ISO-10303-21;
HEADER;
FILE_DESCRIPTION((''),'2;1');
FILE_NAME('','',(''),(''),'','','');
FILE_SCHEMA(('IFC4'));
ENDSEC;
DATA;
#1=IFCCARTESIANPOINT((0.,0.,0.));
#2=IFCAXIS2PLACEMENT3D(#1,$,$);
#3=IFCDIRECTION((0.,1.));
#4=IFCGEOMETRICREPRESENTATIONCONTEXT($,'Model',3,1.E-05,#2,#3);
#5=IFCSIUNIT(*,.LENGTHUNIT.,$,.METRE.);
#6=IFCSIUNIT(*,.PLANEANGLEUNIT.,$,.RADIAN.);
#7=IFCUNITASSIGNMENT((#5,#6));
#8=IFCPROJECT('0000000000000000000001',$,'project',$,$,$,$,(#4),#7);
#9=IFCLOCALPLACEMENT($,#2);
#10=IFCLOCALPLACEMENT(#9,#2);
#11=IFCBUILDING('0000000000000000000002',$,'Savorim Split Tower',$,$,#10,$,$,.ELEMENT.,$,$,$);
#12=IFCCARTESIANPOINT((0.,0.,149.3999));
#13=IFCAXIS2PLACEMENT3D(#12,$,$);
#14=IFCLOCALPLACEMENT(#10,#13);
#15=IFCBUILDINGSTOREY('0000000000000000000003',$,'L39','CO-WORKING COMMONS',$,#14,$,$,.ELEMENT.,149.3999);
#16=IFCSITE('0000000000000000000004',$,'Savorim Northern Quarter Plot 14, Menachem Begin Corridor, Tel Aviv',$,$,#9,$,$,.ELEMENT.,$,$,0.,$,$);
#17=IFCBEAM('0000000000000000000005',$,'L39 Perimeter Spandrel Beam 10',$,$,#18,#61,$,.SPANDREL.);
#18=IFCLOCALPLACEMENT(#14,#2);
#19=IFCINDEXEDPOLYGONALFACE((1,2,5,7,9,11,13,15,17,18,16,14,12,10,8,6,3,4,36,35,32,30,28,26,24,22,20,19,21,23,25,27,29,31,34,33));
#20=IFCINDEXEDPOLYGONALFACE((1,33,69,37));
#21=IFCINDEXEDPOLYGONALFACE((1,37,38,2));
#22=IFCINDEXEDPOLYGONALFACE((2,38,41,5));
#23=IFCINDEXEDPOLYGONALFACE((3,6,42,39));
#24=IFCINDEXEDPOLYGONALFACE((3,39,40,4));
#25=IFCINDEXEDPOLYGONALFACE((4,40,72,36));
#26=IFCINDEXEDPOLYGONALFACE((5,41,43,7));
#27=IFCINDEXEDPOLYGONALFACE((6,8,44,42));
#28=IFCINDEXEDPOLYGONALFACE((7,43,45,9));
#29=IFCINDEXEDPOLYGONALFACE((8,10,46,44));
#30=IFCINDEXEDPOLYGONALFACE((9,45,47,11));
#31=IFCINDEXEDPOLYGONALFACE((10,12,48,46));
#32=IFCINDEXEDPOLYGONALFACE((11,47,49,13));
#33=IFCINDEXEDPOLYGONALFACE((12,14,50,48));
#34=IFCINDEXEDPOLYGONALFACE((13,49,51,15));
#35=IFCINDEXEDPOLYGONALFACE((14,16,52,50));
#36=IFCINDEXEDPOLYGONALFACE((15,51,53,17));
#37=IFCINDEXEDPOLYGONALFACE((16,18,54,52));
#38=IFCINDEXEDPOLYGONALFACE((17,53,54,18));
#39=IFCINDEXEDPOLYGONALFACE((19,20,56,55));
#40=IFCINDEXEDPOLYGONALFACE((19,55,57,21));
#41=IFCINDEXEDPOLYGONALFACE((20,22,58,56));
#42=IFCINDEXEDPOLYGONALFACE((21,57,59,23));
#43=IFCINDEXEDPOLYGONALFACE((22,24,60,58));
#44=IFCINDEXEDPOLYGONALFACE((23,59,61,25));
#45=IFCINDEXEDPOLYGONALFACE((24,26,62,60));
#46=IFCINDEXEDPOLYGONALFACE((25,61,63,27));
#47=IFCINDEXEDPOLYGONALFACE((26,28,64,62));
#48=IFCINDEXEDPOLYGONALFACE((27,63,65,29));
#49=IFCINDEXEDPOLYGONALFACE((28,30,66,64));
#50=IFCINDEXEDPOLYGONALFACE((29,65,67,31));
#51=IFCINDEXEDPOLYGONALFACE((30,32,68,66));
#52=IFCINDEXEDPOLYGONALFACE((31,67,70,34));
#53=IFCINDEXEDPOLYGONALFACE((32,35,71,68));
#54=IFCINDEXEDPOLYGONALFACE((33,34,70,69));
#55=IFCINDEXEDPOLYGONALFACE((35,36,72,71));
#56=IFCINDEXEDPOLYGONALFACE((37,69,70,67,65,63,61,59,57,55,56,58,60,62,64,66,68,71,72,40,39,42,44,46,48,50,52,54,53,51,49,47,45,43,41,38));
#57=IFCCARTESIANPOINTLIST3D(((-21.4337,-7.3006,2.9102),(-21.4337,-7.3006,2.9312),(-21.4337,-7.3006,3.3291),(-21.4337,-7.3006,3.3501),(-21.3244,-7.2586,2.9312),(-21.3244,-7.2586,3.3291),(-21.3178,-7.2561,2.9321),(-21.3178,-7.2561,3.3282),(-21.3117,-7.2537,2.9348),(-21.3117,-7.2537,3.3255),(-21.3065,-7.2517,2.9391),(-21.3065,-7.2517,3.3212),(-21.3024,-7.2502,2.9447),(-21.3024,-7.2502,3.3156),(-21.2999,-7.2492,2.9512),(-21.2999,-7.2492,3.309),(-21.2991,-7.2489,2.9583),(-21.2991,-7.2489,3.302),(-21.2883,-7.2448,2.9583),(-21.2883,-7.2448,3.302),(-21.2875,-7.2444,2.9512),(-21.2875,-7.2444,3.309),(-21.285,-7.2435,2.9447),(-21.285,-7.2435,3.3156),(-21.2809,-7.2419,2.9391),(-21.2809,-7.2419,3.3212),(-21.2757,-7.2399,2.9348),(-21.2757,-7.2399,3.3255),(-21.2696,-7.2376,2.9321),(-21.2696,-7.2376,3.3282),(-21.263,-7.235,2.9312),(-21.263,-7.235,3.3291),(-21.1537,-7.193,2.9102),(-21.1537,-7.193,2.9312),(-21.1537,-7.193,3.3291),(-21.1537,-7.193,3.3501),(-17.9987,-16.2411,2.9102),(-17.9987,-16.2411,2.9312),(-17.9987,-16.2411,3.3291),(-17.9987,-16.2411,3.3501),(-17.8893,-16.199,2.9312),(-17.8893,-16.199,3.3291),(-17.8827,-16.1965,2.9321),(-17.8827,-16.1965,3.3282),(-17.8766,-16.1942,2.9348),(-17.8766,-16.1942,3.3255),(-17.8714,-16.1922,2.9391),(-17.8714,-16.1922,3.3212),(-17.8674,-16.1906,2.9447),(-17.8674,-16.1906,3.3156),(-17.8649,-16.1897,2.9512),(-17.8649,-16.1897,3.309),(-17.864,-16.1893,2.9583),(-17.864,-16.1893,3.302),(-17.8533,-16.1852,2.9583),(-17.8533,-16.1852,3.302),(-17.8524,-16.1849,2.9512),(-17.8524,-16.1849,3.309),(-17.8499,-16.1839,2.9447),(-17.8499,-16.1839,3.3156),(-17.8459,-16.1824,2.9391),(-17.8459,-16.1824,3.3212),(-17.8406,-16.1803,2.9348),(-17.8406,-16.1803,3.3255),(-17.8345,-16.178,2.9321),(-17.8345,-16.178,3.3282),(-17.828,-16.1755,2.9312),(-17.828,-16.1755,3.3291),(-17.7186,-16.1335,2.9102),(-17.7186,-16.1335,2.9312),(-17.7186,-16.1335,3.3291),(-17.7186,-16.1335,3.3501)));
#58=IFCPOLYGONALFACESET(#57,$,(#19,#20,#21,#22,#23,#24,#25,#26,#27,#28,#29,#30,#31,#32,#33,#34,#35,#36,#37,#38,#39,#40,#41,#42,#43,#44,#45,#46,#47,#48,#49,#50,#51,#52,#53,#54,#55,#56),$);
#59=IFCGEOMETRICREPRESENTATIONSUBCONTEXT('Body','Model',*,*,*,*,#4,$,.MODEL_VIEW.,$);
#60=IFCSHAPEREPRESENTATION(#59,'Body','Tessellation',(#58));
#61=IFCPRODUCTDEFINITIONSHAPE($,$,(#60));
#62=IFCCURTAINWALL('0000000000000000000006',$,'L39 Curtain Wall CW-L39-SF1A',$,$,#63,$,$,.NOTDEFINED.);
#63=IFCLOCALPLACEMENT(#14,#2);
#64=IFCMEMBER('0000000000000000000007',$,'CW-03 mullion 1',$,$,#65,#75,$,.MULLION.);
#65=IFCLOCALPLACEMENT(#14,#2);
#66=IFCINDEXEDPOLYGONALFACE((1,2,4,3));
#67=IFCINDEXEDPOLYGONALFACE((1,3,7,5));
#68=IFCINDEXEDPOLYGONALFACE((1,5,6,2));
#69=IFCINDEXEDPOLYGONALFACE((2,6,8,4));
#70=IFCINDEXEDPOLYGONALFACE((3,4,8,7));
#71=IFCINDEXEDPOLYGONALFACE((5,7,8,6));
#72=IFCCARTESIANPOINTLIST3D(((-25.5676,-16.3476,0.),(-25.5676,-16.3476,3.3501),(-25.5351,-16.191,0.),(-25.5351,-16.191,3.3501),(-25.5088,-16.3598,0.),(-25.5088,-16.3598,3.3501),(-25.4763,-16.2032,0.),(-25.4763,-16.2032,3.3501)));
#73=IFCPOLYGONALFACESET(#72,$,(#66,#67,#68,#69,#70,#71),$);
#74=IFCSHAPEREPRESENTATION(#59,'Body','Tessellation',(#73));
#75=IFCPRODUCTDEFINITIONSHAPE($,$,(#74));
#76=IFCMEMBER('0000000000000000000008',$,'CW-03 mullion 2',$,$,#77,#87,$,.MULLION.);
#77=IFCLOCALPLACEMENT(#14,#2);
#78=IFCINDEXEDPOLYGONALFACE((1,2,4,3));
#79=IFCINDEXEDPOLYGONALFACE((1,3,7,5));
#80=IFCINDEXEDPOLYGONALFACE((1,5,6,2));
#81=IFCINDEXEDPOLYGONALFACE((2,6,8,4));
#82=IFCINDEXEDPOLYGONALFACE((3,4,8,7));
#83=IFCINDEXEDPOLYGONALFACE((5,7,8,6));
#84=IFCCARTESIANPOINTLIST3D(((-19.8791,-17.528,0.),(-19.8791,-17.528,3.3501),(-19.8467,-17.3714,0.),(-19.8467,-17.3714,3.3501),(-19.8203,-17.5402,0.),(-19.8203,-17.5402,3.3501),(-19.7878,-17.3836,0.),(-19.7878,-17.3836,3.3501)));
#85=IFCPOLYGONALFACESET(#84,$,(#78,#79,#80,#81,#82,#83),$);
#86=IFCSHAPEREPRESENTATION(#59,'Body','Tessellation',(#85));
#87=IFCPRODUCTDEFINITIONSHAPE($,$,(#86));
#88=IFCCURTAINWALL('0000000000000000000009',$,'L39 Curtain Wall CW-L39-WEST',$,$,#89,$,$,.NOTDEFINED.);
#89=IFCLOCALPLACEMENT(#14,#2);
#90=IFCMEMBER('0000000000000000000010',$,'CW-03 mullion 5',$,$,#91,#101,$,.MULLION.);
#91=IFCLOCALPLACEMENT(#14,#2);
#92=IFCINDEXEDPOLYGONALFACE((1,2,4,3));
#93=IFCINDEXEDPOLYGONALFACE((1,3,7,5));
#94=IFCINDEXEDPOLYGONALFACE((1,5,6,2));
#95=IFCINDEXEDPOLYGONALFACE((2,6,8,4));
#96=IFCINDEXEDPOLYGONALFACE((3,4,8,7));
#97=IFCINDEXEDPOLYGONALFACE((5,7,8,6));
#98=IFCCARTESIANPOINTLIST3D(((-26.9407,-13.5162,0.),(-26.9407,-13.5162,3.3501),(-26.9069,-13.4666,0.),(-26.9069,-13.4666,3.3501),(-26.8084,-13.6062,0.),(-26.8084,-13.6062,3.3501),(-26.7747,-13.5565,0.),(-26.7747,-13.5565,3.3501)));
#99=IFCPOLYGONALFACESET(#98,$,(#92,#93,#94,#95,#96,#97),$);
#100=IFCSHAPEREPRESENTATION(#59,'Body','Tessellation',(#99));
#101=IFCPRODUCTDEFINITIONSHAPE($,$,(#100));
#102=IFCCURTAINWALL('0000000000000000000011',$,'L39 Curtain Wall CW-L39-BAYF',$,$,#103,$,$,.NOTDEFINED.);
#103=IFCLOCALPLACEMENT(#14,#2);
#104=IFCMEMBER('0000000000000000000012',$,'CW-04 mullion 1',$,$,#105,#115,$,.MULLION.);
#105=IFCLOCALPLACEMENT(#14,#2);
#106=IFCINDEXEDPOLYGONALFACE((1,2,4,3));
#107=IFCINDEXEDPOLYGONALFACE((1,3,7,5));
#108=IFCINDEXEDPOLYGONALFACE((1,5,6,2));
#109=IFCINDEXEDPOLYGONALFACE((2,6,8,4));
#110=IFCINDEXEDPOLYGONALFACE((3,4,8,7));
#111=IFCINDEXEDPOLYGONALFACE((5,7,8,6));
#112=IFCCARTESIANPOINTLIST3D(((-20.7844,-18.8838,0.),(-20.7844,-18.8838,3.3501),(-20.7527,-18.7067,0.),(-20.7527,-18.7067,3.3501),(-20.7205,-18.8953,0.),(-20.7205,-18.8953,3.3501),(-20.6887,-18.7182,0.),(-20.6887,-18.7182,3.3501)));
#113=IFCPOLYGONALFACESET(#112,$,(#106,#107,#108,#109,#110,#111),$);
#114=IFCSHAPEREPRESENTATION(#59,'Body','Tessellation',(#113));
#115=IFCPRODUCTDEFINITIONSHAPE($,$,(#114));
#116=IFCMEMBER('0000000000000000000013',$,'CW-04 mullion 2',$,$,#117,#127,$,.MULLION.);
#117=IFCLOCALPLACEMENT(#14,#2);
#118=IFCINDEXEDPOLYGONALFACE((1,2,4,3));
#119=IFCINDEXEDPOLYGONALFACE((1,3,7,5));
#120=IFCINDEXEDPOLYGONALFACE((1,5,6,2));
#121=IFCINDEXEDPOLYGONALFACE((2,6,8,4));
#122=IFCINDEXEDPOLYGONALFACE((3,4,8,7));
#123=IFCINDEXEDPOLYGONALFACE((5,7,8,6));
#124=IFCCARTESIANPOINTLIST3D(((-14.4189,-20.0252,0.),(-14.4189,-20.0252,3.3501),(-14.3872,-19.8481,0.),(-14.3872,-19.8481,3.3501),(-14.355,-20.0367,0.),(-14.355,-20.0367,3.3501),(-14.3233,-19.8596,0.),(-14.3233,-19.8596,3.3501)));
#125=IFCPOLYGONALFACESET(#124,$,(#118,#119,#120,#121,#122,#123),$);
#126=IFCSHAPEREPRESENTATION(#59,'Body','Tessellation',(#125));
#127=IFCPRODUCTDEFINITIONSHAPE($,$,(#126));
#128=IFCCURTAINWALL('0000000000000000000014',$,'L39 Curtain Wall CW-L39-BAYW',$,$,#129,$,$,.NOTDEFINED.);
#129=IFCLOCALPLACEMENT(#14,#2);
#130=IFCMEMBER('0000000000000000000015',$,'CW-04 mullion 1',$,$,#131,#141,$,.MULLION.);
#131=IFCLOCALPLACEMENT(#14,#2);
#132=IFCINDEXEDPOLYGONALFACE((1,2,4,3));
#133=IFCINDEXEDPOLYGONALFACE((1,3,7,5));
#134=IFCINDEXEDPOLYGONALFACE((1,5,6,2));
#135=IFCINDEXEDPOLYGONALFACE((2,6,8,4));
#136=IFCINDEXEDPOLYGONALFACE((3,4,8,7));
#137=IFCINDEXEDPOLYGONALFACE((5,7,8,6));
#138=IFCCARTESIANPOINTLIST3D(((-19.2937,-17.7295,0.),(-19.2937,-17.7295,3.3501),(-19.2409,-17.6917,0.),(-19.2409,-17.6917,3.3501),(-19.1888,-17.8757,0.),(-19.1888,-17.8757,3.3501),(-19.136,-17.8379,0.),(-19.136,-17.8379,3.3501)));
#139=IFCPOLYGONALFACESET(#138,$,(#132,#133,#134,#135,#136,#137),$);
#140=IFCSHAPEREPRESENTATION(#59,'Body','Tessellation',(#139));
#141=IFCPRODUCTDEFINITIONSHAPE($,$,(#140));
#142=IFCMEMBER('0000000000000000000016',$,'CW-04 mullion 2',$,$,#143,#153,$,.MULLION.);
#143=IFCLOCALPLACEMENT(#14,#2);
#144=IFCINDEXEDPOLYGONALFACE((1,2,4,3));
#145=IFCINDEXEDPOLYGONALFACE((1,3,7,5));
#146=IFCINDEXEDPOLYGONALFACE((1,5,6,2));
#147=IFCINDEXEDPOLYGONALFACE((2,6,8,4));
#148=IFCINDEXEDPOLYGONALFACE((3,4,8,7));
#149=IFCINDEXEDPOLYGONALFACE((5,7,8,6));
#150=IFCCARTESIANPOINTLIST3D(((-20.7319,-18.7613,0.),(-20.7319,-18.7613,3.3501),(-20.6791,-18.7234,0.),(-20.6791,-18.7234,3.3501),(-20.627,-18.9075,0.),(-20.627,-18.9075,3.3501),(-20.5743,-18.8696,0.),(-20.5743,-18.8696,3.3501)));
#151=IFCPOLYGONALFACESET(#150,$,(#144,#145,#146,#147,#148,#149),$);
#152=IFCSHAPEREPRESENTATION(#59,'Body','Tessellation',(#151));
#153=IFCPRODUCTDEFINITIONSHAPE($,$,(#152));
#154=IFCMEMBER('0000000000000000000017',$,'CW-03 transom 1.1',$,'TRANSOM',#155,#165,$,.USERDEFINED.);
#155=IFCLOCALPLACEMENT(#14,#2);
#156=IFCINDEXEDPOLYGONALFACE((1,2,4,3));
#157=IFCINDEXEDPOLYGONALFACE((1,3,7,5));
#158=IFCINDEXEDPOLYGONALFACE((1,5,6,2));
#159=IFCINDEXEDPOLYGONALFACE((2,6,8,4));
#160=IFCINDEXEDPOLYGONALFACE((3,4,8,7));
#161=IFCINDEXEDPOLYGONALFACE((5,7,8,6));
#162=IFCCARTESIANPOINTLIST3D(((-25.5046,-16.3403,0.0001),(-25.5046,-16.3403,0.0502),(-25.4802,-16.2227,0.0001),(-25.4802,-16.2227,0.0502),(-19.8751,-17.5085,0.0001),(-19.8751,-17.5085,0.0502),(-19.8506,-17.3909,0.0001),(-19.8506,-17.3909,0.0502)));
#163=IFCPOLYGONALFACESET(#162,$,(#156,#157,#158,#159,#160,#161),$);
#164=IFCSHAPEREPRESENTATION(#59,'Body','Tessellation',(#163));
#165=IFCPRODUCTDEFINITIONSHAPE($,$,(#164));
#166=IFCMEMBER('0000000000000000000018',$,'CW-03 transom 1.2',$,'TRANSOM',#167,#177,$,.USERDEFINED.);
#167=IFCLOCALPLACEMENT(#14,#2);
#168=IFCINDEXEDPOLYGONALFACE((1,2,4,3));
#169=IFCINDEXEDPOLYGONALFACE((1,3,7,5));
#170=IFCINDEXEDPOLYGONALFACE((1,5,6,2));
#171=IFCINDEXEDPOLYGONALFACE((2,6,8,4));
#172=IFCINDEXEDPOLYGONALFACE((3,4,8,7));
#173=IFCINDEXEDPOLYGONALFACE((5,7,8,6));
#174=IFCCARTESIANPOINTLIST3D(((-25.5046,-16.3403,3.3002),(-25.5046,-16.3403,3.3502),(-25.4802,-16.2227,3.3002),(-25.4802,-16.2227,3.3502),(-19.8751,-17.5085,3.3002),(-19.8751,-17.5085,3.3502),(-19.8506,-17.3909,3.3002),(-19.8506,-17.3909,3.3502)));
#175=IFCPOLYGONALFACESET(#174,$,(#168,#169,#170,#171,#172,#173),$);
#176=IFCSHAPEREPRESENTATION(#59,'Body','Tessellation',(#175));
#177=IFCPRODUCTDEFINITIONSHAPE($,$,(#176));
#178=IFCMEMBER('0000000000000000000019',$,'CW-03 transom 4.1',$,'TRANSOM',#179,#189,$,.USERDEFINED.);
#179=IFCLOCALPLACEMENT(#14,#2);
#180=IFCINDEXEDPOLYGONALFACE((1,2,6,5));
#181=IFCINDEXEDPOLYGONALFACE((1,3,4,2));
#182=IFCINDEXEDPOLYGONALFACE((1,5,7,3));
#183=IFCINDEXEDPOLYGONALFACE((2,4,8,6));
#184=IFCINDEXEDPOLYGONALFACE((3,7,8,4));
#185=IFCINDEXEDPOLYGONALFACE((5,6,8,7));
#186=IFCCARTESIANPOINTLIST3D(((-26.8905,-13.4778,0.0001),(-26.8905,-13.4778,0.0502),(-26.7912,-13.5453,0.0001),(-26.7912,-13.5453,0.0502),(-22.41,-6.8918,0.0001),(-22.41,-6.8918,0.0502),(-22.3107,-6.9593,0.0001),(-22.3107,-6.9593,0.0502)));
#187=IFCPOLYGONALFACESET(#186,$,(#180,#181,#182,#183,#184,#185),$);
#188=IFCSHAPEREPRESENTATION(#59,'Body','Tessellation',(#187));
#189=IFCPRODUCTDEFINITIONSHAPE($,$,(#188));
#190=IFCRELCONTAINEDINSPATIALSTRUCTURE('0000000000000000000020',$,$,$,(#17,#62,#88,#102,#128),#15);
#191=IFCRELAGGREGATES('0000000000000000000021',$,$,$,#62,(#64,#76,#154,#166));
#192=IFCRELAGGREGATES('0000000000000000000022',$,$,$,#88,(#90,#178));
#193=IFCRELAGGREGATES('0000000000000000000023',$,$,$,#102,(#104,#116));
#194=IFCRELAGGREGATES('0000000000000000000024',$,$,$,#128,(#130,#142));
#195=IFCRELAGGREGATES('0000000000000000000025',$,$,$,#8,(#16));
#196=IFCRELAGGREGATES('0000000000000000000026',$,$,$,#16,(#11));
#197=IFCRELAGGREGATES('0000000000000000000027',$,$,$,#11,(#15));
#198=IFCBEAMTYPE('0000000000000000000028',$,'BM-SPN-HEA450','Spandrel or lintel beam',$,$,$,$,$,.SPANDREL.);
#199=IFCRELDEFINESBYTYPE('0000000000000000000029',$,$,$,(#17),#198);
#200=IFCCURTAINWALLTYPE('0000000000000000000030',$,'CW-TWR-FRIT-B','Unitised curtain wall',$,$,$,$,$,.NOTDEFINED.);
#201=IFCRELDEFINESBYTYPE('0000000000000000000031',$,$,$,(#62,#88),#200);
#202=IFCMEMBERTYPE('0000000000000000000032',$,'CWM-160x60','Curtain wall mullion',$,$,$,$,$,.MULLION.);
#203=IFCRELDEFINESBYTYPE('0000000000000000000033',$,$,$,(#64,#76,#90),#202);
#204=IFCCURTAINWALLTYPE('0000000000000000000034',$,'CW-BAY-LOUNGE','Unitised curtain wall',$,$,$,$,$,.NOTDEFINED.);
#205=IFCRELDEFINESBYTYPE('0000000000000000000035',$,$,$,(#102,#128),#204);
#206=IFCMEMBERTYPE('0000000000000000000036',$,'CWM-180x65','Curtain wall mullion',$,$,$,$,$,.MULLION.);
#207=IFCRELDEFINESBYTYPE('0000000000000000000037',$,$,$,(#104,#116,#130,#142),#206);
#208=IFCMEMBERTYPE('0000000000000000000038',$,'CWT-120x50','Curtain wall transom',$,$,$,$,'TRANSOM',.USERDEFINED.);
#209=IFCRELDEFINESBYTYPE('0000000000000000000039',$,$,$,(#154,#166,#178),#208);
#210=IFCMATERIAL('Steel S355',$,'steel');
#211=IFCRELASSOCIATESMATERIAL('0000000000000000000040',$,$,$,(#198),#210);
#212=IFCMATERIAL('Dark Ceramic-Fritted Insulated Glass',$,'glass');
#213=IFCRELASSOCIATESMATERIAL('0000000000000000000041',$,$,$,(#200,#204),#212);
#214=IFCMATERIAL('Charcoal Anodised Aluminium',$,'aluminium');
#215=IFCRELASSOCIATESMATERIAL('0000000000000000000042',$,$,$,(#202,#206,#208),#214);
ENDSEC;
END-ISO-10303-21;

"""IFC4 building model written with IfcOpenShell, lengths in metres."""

from ifc_helpers import new_model, si_unit, direction, frame, origin, origin_2d, place, context, subcontext, project, spatial, rectangle, i_section, extrude, material, material_profile, profile_set, type_object, element, aggregate, save


model = new_model("IFC4")

# Units and contexts
model_context = context("Model", 3, precision=1e-05, world=origin(), true_north=direction((0.0, 1.0)))
body_context = subcontext(model_context, "Body", "Model", "MODEL_VIEW")
ifc_project = project(units=[si_unit("LENGTHUNIT", "METRE"), si_unit("PLANEANGLEUNIT", "RADIAN")], contexts=[model_context])

# Site, building, storey
site_placement = place(None, origin())
site = spatial("IfcSite", under=ifc_project, at=site_placement, Name="Savorim Northern Quarter Plot 14, Menachem Begin Corridor, Tel Aviv", CompositionType="ELEMENT", RefElevation=0.0)
building_placement = place(site_placement, origin())
building = spatial("IfcBuilding", under=site, at=building_placement, Name="Savorim Split Tower", CompositionType="ELEMENT")
storey_placement = place(building_placement, frame((0.0, 0.0, 149.3999)))
storey = spatial("IfcBuildingStorey", under=building, at=storey_placement, Name="L39", Description="CO-WORKING COMMONS", CompositionType="ELEMENT", Elevation=149.3999)

# Beam
ifc_material_1 = material(Name="Steel S355", Category="steel")
ifc_material_profile_1 = material_profile(ifc_material_1, i_section(OverallWidth=0.3, OverallDepth=0.4399, WebThickness=0.0115, FlangeThickness=0.021, FilletRadius=0.0271, at=origin_2d()), Name="HEA 450")
ifc_profile_set_1 = profile_set([ifc_material_profile_1], Name="Steel S355")
beam_type_1 = type_object("IfcBeamType", Name="BM-SPN-HEA450", Description="Spandrel or lintel beam", PredefinedType="SPANDREL", material=ifc_profile_set_1)
beam_1_placement = place(storey_placement, frame((-21.2937, -7.2468, 3.1301), z_axis=(0.358655, -0.93347, 0.0), x_axis=(0.93347, 0.358655, 0.0)))
element("IfcBeam", 1, at=beam_1_placement, inside=storey, type_object=beam_type_1, Name="L39 Perimeter Spandrel Beam 10", PredefinedType="SPANDREL", context=body_context, shape_type="SweptSolid", body=[
    extrude(i_section(OverallWidth=0.3, OverallDepth=0.4399, WebThickness=0.0115, FlangeThickness=0.021, FilletRadius=0.0271, at=origin_2d()), origin(), (0.0, 0.0, 1.0), 9.5776),
])

# Curtain wall, members
ifc_material_2 = material(Name="Dark Ceramic-Fritted Insulated Glass", Category="glass")
curtain_wall_type_1 = type_object("IfcCurtainWallType", Name="CW-TWR-FRIT-B", Description="Unitised curtain wall", PredefinedType="NOTDEFINED", material=ifc_material_2)
curtain_wall_1_placement = place(storey_placement, origin())
curtain_wall_1 = element("IfcCurtainWall", 2, at=curtain_wall_1_placement, inside=storey, type_object=curtain_wall_type_1, Name="L39 Curtain Wall CW-L39-SF1A", PredefinedType="NOTDEFINED")
ifc_material_3 = material(Name="Charcoal Anodised Aluminium", Category="aluminium")
ifc_material_profile_2 = material_profile(ifc_material_3, rectangle(XDim=0.1599, YDim=0.0601, at=origin_2d()), Name="ALU-M 160x60")
ifc_profile_set_2 = profile_set([ifc_material_profile_2], Name="Charcoal Anodised Aluminium")
member_type_1 = type_object("IfcMemberType", Name="CWM-160x60", Description="Curtain wall mullion", PredefinedType="MULLION", material=ifc_profile_set_2)
member_1_placement = place(storey_placement, frame((-25.522, -16.2754, 0.0), z_axis=(0.0, 0.0, 1.0), x_axis=(0.203214, 0.979134, 0.0)))
member_1 = element("IfcMember", 3, at=member_1_placement, type_object=member_type_1, Name="CW-03 mullion 1", PredefinedType="MULLION", context=body_context, shape_type="SweptSolid", body=[
    extrude(rectangle(XDim=0.1599, YDim=0.0601, at=origin_2d()), origin(), (0.0, 0.0, 1.0), 3.3501),
])
member_2_placement = place(storey_placement, frame((-19.8335, -17.4558, 0.0), z_axis=(0.0, 0.0, 1.0), x_axis=(0.203214, 0.979134, 0.0)))
member_2 = element("IfcMember", 4, at=member_2_placement, type_object=member_type_1, Name="CW-03 mullion 2", PredefinedType="MULLION", context=body_context, shape_type="SweptSolid", body=[
    extrude(rectangle(XDim=0.1599, YDim=0.0601, at=origin_2d()), origin(), (0.0, 0.0, 1.0), 3.3501),
])

# Curtain wall, member
curtain_wall_2_placement = place(storey_placement, origin())
curtain_wall_2 = element("IfcCurtainWall", 5, at=curtain_wall_2_placement, inside=storey, type_object=curtain_wall_type_1, Name="L39 Curtain Wall CW-L39-WEST", PredefinedType="NOTDEFINED")
member_3_placement = place(storey_placement, frame((-26.8577, -13.5364, 0.0), z_axis=(0.0, 0.0, 1.0), x_axis=(0.82682, -0.562466, 0.0)))
member_3 = element("IfcMember", 6, at=member_3_placement, type_object=member_type_1, Name="CW-03 mullion 5", PredefinedType="MULLION", context=body_context, shape_type="SweptSolid", body=[
    extrude(rectangle(XDim=0.1599, YDim=0.0601, at=origin_2d()), origin(), (0.0, 0.0, 1.0), 3.3501),
])

# Curtain walls, members
curtain_wall_type_2 = type_object("IfcCurtainWallType", Name="CW-BAY-LOUNGE", Description="Unitised curtain wall", PredefinedType="NOTDEFINED", material=ifc_material_2)
curtain_wall_3_placement = place(storey_placement, origin())
curtain_wall_3 = element("IfcCurtainWall", 7, at=curtain_wall_3_placement, inside=storey, type_object=curtain_wall_type_2, Name="L39 Curtain Wall CW-L39-BAYF", PredefinedType="NOTDEFINED")
ifc_material_profile_3 = material_profile(ifc_material_3, rectangle(XDim=0.1799, YDim=0.0649, at=origin_2d()), Name="ALU-M 180x65")
ifc_profile_set_3 = profile_set([ifc_material_profile_3], Name="Charcoal Anodised Aluminium")
member_type_2 = type_object("IfcMemberType", Name="CWM-180x65", Description="Curtain wall mullion", PredefinedType="MULLION", material=ifc_profile_set_3)
member_4_placement = place(storey_placement, frame((-20.7366, -18.801, 0.0), z_axis=(0.0, 0.0, 1.0), x_axis=(0.176476, 0.984305, 0.0)))
member_4 = element("IfcMember", 8, at=member_4_placement, type_object=member_type_2, Name="CW-04 mullion 1", PredefinedType="MULLION", context=body_context, shape_type="SweptSolid", body=[
    extrude(rectangle(XDim=0.1799, YDim=0.0649, at=origin_2d()), origin(), (0.0, 0.0, 1.0), 3.3501),
])
member_5_placement = place(storey_placement, frame((-14.3711, -19.9424, 0.0), z_axis=(0.0, 0.0, 1.0), x_axis=(0.176476, 0.984305, 0.0)))
member_5 = element("IfcMember", 9, at=member_5_placement, type_object=member_type_2, Name="CW-04 mullion 2", PredefinedType="MULLION", context=body_context, shape_type="SweptSolid", body=[
    extrude(rectangle(XDim=0.1799, YDim=0.0649, at=origin_2d()), origin(), (0.0, 0.0, 1.0), 3.3501),
])
curtain_wall_4_placement = place(storey_placement, origin())
curtain_wall_4 = element("IfcCurtainWall", 10, at=curtain_wall_4_placement, inside=storey, type_object=curtain_wall_type_2, Name="L39 Curtain Wall CW-L39-BAYW", PredefinedType="NOTDEFINED")
member_6_placement = place(storey_placement, frame((-19.2148, -17.7837, 0.0), z_axis=(0.0, 0.0, 1.0), x_axis=(0.582871, -0.812565, 0.0)))
member_6 = element("IfcMember", 11, at=member_6_placement, type_object=member_type_2, Name="CW-04 mullion 1", PredefinedType="MULLION", context=body_context, shape_type="SweptSolid", body=[
    extrude(rectangle(XDim=0.1799, YDim=0.0649, at=origin_2d()), origin(), (0.0, 0.0, 1.0), 3.3501),
])
member_7_placement = place(storey_placement, frame((-20.6531, -18.8154, 0.0), z_axis=(0.0, 0.0, 1.0), x_axis=(0.582871, -0.812565, 0.0)))
member_7 = element("IfcMember", 12, at=member_7_placement, type_object=member_type_2, Name="CW-04 mullion 2", PredefinedType="MULLION", context=body_context, shape_type="SweptSolid", body=[
    extrude(rectangle(XDim=0.1799, YDim=0.0649, at=origin_2d()), origin(), (0.0, 0.0, 1.0), 3.3501),
])

# Members
ifc_material_profile_4 = material_profile(ifc_material_3, rectangle(XDim=0.1201, YDim=0.05, at=origin_2d()), Name="ALU-T 120x50")
ifc_profile_set_4 = profile_set([ifc_material_profile_4], Name="Charcoal Anodised Aluminium")
member_type_3 = type_object("IfcMemberType", Name="CWT-120x50", Description="Curtain wall transom", ElementType="TRANSOM", PredefinedType="USERDEFINED", material=ifc_profile_set_4)
member_8_placement = place(storey_placement, frame((-25.4924, -16.2815, 0.0251), z_axis=(0.979141, -0.203183, 0.0), x_axis=(0.203183, 0.979141, 0.0)))
member_8 = element("IfcMember", 13, at=member_8_placement, type_object=member_type_3, Name="CW-03 transom 1.1", ObjectType="TRANSOM", PredefinedType="USERDEFINED", context=body_context, shape_type="SweptSolid", body=[
    extrude(rectangle(XDim=0.1201, YDim=0.05, at=origin_2d()), origin(), (0.0, 0.0, 1.0), 5.7495),
])
member_9_placement = place(storey_placement, frame((-25.4924, -16.2815, 3.3252), z_axis=(0.979141, -0.203183, 0.0), x_axis=(0.203183, 0.979141, 0.0)))
member_9 = element("IfcMember", 14, at=member_9_placement, type_object=member_type_3, Name="CW-03 transom 1.2", ObjectType="TRANSOM", PredefinedType="USERDEFINED", context=body_context, shape_type="SweptSolid", body=[
    extrude(rectangle(XDim=0.1201, YDim=0.05, at=origin_2d()), origin(), (0.0, 0.0, 1.0), 5.7495),
])
member_10_placement = place(storey_placement, frame((-22.3604, -6.9255, 0.0251), z_axis=(-0.562484, -0.826808, 0.0), x_axis=(0.826808, -0.562484, 0.0)))
member_10 = element("IfcMember", 15, at=member_10_placement, type_object=member_type_3, Name="CW-03 transom 4.1", ObjectType="TRANSOM", PredefinedType="USERDEFINED", context=body_context, shape_type="SweptSolid", body=[
    extrude(rectangle(XDim=0.1201, YDim=0.05, at=origin_2d()), origin(), (0.0, 0.0, 1.0), 7.9656),
])

aggregate(curtain_wall_1, [member_1, member_2, member_8, member_9])
aggregate(curtain_wall_2, [member_3, member_10])
aggregate(curtain_wall_3, [member_4, member_5])
aggregate(curtain_wall_4, [member_6, member_7])

save(model, "model.ifc")
